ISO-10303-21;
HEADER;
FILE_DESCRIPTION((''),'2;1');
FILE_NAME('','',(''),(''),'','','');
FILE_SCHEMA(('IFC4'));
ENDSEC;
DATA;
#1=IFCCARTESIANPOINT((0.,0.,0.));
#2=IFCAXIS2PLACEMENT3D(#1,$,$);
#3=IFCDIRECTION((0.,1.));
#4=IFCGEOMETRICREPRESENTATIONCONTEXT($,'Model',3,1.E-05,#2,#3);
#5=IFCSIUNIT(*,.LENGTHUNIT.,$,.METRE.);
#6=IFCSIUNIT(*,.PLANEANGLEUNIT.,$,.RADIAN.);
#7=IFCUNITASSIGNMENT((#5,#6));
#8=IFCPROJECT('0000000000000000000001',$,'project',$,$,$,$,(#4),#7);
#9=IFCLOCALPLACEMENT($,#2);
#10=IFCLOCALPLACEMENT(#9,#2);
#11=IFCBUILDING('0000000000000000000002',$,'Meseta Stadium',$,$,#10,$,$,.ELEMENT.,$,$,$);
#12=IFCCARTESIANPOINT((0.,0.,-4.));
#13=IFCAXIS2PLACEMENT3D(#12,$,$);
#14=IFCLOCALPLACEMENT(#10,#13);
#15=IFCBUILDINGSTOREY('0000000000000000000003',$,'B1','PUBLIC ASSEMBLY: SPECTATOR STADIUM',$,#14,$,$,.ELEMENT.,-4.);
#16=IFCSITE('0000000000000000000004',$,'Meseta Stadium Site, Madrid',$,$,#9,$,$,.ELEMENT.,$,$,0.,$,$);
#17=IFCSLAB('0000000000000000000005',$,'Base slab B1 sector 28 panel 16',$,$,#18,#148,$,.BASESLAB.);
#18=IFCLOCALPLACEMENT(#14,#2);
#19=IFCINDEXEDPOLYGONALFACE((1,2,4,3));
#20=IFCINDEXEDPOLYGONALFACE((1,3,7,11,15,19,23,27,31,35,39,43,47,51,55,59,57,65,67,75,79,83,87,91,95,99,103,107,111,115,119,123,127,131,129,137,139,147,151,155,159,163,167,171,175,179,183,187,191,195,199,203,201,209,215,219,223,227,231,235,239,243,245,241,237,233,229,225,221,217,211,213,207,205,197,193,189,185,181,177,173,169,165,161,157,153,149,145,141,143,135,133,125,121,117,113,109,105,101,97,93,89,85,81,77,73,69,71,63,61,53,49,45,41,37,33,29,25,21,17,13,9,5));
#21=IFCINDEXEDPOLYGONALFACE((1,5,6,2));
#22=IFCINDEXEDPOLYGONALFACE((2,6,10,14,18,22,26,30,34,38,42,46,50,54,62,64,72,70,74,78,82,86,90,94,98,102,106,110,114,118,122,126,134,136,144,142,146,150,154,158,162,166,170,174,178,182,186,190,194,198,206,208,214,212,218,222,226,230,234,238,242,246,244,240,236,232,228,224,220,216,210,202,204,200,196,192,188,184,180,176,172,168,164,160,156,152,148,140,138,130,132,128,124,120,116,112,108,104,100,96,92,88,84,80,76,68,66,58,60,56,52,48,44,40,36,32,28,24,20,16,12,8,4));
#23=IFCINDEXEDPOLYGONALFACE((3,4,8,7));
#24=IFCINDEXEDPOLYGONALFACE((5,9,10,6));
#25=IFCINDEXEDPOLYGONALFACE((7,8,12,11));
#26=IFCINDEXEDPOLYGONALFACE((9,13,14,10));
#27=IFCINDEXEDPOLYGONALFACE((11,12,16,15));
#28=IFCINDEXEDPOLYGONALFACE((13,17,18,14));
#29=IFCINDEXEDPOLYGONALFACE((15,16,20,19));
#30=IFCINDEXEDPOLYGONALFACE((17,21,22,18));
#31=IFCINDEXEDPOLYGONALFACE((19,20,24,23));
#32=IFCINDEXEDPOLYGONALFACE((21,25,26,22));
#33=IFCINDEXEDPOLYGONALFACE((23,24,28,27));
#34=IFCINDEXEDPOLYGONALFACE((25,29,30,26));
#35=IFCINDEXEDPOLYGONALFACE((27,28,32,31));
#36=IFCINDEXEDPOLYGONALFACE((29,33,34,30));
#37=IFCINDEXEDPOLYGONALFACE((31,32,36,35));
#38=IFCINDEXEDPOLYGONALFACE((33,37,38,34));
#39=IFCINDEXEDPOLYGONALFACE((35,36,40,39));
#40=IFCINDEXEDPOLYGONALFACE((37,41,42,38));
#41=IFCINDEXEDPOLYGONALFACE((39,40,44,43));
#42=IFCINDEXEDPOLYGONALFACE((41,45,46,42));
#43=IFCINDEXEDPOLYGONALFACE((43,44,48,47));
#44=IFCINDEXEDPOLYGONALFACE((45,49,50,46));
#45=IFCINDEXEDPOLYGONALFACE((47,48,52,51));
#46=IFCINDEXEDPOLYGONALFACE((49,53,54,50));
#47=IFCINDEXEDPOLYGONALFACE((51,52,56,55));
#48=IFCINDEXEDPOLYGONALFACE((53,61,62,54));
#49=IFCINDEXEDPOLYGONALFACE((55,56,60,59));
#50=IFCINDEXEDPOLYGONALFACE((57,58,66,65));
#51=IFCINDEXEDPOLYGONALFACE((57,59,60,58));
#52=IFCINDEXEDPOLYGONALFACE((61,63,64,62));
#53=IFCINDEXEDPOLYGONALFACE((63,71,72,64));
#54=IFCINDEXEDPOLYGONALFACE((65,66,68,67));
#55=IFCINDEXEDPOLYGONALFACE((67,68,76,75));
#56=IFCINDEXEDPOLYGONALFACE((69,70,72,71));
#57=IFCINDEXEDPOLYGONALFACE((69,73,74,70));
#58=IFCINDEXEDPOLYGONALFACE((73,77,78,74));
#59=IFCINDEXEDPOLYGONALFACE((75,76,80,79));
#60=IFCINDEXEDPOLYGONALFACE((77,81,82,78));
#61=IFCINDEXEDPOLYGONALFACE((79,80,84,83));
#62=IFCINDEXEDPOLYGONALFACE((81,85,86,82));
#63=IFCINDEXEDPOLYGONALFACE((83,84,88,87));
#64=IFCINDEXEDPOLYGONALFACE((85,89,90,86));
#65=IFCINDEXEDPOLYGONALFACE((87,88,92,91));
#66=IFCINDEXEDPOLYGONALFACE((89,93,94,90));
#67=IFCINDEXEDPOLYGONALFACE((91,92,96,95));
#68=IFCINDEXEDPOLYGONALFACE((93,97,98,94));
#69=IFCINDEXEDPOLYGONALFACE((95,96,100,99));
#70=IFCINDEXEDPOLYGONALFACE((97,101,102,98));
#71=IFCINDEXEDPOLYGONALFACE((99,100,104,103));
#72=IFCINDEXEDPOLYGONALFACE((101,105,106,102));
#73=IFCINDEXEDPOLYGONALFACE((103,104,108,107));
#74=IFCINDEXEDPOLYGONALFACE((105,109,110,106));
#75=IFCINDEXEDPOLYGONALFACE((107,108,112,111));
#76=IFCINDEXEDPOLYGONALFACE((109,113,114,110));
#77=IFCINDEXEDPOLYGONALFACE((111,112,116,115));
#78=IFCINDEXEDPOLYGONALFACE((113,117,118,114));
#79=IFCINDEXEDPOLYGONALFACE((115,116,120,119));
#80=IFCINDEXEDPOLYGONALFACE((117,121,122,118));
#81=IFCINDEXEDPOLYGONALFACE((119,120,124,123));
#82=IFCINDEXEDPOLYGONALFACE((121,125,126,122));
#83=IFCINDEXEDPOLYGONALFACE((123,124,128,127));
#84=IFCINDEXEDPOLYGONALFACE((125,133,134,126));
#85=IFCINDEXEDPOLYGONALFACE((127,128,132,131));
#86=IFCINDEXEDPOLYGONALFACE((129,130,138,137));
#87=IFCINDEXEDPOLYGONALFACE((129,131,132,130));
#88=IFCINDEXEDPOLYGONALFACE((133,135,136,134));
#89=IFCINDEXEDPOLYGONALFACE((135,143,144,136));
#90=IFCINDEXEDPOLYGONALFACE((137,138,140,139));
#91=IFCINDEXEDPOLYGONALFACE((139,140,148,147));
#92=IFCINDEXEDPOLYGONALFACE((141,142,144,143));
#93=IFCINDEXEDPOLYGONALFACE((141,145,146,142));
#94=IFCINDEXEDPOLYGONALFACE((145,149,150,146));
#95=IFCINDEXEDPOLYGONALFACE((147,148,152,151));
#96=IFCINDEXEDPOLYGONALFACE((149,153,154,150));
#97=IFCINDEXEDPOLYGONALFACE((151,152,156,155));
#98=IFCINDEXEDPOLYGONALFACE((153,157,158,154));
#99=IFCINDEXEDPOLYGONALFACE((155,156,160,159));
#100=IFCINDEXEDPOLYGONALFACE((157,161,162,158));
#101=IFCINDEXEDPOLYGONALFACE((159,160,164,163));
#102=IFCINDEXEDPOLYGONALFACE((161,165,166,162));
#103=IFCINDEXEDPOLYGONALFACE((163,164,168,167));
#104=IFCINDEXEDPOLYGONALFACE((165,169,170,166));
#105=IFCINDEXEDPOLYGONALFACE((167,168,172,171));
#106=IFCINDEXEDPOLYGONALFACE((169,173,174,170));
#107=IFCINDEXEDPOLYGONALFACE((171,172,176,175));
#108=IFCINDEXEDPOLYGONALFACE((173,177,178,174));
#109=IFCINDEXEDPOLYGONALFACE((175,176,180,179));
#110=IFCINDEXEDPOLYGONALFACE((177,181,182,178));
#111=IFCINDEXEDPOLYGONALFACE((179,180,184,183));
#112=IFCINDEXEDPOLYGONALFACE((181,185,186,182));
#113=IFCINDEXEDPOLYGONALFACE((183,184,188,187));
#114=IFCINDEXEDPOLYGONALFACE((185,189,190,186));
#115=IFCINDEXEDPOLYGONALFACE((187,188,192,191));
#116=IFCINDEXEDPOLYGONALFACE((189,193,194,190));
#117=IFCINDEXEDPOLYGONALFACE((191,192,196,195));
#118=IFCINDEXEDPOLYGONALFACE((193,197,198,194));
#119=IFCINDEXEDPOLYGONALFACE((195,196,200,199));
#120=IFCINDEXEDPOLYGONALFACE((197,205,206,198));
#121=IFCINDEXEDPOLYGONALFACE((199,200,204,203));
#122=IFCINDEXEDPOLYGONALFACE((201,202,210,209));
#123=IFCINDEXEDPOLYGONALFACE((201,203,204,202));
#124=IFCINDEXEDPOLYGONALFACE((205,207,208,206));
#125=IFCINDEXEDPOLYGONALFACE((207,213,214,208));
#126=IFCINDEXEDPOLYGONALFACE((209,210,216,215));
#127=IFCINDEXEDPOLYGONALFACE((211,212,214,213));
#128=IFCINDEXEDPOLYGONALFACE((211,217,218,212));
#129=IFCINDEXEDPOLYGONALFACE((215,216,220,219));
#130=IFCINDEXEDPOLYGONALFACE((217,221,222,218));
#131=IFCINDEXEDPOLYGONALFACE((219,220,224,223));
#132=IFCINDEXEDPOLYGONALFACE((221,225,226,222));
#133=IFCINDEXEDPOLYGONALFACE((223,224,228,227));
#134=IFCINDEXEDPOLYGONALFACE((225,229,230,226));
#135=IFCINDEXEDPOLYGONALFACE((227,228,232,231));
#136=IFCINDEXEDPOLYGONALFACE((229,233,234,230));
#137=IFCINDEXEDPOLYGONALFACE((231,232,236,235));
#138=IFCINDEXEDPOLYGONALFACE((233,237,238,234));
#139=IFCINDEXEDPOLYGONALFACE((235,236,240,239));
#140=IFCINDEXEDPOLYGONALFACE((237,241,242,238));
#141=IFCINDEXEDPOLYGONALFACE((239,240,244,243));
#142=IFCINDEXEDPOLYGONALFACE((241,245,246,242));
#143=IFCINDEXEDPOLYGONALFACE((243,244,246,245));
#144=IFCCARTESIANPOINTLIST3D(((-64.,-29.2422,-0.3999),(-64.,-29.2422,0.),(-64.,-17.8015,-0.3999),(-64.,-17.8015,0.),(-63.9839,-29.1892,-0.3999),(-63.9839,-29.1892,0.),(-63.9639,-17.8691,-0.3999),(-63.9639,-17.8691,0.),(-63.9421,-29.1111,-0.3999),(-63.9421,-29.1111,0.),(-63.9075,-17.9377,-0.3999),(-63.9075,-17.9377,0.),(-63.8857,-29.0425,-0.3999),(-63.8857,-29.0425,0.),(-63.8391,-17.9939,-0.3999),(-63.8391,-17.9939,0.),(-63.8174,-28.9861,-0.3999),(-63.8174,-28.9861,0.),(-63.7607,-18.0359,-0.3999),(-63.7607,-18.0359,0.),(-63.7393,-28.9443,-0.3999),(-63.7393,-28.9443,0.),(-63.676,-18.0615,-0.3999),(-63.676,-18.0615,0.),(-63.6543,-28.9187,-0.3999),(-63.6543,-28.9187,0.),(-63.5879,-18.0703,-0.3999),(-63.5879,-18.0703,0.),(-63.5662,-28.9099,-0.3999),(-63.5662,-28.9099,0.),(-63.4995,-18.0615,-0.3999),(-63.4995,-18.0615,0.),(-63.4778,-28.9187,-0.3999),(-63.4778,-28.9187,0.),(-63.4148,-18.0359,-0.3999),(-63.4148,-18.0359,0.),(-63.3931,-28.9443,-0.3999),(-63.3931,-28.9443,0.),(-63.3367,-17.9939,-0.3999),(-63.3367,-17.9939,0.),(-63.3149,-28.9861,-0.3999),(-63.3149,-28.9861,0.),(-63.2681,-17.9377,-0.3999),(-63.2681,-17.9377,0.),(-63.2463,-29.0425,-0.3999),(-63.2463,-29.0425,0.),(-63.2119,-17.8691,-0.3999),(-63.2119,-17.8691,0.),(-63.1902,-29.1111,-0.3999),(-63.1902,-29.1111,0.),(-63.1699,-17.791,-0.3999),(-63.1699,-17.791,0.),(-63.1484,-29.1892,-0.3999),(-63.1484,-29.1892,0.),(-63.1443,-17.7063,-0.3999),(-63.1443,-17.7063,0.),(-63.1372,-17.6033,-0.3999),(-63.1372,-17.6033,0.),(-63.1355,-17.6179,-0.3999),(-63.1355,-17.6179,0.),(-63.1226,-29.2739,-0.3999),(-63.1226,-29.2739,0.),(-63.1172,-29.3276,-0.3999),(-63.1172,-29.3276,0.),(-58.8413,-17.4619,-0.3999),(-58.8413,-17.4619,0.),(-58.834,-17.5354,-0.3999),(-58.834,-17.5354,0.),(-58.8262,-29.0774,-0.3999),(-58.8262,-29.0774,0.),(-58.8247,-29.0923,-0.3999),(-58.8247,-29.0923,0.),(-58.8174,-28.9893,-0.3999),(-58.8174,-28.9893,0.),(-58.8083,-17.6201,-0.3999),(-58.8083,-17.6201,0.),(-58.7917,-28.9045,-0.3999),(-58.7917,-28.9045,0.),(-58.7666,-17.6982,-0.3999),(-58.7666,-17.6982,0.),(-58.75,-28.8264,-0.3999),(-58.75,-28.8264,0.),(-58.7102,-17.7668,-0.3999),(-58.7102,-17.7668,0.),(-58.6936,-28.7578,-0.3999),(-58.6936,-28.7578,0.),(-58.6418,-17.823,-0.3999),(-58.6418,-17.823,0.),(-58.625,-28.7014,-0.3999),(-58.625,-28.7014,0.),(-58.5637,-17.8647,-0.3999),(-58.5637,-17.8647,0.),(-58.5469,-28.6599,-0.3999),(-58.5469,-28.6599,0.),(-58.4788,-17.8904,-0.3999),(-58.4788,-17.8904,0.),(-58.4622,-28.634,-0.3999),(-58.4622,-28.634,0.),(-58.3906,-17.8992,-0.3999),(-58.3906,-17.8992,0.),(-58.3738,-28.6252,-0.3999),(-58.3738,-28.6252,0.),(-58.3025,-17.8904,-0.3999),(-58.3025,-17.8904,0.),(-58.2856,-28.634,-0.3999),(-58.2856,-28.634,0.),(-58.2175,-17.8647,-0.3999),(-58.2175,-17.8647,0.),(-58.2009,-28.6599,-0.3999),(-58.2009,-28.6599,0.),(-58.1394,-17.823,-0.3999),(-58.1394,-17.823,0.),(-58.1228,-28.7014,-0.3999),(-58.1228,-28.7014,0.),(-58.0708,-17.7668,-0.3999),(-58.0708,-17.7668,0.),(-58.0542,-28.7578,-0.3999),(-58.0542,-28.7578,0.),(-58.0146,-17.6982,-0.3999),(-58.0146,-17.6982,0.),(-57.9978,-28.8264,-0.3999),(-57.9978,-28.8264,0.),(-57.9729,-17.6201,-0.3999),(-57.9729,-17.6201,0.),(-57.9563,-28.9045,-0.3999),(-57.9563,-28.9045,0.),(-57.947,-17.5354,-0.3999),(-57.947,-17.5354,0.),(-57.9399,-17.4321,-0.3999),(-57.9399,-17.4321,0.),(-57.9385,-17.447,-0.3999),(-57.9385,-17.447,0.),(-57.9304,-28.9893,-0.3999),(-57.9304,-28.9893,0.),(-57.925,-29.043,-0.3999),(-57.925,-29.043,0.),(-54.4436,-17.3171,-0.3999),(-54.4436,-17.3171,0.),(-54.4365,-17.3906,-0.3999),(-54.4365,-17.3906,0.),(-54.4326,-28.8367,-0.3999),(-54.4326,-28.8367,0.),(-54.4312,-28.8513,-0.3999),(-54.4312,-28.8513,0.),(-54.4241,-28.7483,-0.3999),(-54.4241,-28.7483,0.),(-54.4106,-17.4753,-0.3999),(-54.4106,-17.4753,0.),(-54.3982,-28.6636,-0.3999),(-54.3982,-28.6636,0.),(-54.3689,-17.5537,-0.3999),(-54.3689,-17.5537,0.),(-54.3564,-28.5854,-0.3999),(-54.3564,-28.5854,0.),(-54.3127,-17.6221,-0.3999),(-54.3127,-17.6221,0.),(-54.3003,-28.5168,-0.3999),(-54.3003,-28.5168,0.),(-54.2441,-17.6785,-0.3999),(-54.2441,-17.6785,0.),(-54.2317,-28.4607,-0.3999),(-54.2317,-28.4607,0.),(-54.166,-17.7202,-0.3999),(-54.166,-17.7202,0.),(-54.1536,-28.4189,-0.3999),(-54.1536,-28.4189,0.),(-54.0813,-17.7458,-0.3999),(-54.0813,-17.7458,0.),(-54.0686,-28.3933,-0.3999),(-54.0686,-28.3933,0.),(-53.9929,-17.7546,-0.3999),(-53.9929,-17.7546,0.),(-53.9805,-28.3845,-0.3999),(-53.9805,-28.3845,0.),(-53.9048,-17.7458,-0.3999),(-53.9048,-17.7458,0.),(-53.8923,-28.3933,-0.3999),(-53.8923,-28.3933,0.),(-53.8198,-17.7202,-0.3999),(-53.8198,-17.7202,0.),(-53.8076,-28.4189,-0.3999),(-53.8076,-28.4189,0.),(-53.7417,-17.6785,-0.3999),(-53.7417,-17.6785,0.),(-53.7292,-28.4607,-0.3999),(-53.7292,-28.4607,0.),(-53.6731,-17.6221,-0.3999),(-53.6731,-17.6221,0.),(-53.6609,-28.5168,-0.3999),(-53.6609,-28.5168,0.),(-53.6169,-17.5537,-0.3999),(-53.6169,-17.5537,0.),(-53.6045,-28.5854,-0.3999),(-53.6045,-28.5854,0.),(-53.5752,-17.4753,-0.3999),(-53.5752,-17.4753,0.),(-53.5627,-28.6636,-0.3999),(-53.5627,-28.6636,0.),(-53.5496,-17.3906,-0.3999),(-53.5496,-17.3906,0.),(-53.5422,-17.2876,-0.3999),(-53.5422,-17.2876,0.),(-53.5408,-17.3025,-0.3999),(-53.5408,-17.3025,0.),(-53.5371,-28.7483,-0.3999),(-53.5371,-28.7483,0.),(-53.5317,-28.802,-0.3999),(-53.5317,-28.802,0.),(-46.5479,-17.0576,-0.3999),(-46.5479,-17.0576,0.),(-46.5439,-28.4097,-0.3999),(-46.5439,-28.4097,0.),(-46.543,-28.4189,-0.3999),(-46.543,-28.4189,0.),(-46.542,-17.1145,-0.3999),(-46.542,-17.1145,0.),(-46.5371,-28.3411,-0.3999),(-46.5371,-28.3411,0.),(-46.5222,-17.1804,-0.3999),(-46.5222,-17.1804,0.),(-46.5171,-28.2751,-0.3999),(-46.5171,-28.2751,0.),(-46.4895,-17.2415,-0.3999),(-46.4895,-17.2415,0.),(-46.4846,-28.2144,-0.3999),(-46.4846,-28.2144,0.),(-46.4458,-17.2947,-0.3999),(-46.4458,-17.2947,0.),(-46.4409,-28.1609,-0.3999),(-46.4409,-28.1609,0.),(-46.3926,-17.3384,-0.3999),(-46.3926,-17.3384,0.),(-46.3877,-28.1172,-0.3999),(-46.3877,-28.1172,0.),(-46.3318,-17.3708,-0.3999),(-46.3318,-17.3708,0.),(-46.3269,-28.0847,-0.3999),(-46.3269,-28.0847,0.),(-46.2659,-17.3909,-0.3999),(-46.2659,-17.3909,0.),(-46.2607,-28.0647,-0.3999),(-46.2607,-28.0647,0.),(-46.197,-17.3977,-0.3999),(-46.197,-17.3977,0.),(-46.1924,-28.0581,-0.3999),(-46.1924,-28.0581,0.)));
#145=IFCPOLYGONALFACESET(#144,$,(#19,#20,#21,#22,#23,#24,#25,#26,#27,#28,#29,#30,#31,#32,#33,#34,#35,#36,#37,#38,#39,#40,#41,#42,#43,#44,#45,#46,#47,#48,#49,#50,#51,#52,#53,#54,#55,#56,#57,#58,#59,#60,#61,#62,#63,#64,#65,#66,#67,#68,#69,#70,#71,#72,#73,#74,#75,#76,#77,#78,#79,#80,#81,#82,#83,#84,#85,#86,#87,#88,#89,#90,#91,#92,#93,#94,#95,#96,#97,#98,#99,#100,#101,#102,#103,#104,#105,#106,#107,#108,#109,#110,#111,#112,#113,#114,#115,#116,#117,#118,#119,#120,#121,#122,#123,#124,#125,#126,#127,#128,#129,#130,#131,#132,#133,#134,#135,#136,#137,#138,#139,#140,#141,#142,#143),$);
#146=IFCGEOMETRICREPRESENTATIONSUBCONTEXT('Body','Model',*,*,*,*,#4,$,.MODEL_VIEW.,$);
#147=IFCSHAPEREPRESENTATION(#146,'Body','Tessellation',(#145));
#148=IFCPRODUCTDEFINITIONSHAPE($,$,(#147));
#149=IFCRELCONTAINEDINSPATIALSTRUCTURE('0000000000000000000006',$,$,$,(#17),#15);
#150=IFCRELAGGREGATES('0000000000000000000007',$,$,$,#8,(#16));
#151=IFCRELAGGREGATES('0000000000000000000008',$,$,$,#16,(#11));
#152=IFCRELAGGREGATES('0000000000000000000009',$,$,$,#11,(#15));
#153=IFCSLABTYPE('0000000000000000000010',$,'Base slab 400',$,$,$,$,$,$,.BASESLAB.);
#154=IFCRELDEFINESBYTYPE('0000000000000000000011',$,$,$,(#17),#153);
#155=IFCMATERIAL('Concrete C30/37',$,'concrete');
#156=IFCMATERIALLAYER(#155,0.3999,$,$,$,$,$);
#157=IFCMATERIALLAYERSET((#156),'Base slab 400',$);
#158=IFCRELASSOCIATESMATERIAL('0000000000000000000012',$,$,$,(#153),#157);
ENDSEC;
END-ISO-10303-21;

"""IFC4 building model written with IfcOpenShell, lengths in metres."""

from ifc_helpers import new_model, si_unit, direction, frame, origin, place, context, subcontext, project, spatial, polyline, outline, extrude, material, layer, layer_set, type_object, element, save


model = new_model("IFC4")

# Units and contexts
model_context = context("Model", 3, precision=1e-05, world=origin(), true_north=direction((0.0, 1.0)))
body_context = subcontext(model_context, "Body", "Model", "MODEL_VIEW")
ifc_project = project(units=[si_unit("LENGTHUNIT", "METRE"), si_unit("PLANEANGLEUNIT", "RADIAN")], contexts=[model_context])

# Site, building, storey
site_placement = place(None, origin())
site = spatial("IfcSite", under=ifc_project, at=site_placement, Name="Meseta Stadium Site, Madrid", CompositionType="ELEMENT", RefElevation=0.0)
building_placement = place(site_placement, origin())
building = spatial("IfcBuilding", under=site, at=building_placement, Name="Meseta Stadium", CompositionType="ELEMENT")
storey_placement = place(building_placement, frame((0.0, 0.0, -4.0)))
storey = spatial("IfcBuildingStorey", under=building, at=storey_placement, Name="B1", Description="PUBLIC ASSEMBLY: SPECTATOR STADIUM", CompositionType="ELEMENT", Elevation=-4.0)

# Slab
ifc_material = material(Name="Concrete C30/37", Category="concrete")
ifc_layer = layer(ifc_material, 0.3999)
ifc_layer_set = layer_set([ifc_layer], Name="Base slab 400")
slab_type = type_object("IfcSlabType", Name="Base slab 400", PredefinedType="BASESLAB", material=ifc_layer_set)
slab_1_placement = place(storey_placement, frame((0.0, 0.0, -0.3999)))
element("IfcSlab", 1, at=slab_1_placement, inside=storey, type_object=slab_type, Name="Base slab B1 sector 28 panel 16", PredefinedType="BASESLAB", context=body_context, shape_type="SweptSolid", body=[
    extrude(outline(polyline([(-53.6045, -28.5854), (-53.5627, -28.6636), (-53.5371, -28.7483), (-53.5317, -28.802), (-46.543, -28.4189), (-46.5439, -28.4097), (-46.5371, -28.3411), (-46.5171, -28.2751), (-46.4846, -28.2144), (-46.4409, -28.1609), (-46.3877, -28.1172), (-46.3269, -28.0847), (-46.2607, -28.0647), (-46.1924, -28.0581), (-46.197, -17.3977), (-46.2659, -17.3909), (-46.3318, -17.3708), (-46.3926, -17.3384), (-46.4458, -17.2947), (-46.4895, -17.2415), (-46.5222, -17.1804), (-46.542, -17.1145), (-46.5479, -17.0576), (-53.5422, -17.2876), (-53.5408, -17.3025), (-53.5496, -17.3906), (-53.5752, -17.4753), (-53.6169, -17.5537), (-53.6731, -17.6221), (-53.7417, -17.6785), (-53.8198, -17.7202), (-53.9048, -17.7458), (-53.9929, -17.7546), (-54.0813, -17.7458), (-54.166, -17.7202), (-54.2441, -17.6785), (-54.3127, -17.6221), (-54.3689, -17.5537), (-54.4106, -17.4753), (-54.4365, -17.3906), (-54.4436, -17.3171), (-57.9399, -17.4321), (-57.9385, -17.447), (-57.947, -17.5354), (-57.9729, -17.6201), (-58.0146, -17.6982), (-58.0708, -17.7668), (-58.1394, -17.823), (-58.2175, -17.8647), (-58.3025, -17.8904), (-58.3906, -17.8992), (-58.4788, -17.8904), (-58.5637, -17.8647), (-58.6418, -17.823), (-58.7102, -17.7668), (-58.7666, -17.6982), (-58.8083, -17.6201), (-58.834, -17.5354), (-58.8413, -17.4619), (-63.1372, -17.6033), (-63.1355, -17.6179), (-63.1443, -17.7063), (-63.1699, -17.791), (-63.2119, -17.8691), (-63.2681, -17.9377), (-63.3367, -17.9939), (-63.4148, -18.0359), (-63.4995, -18.0615), (-63.5879, -18.0703), (-63.676, -18.0615), (-63.7607, -18.0359), (-63.8391, -17.9939), (-63.9075, -17.9377), (-63.9639, -17.8691), (-64.0, -17.8015), (-64.0, -29.2422), (-63.9839, -29.1892), (-63.9421, -29.1111), (-63.8857, -29.0425), (-63.8174, -28.9861), (-63.7393, -28.9443), (-63.6543, -28.9187), (-63.5662, -28.9099), (-63.4778, -28.9187), (-63.3931, -28.9443), (-63.3149, -28.9861), (-63.2463, -29.0425), (-63.1902, -29.1111), (-63.1484, -29.1892), (-63.1226, -29.2739), (-63.1172, -29.3276), (-58.8247, -29.0923), (-58.8262, -29.0774), (-58.8174, -28.9893), (-58.7917, -28.9045), (-58.75, -28.8264), (-58.6936, -28.7578), (-58.625, -28.7014), (-58.5469, -28.6599), (-58.4622, -28.634), (-58.3738, -28.6252), (-58.2856, -28.634), (-58.2009, -28.6599), (-58.1228, -28.7014), (-58.0542, -28.7578), (-57.9978, -28.8264), (-57.9563, -28.9045), (-57.9304, -28.9893), (-57.925, -29.043), (-54.4312, -28.8513), (-54.4326, -28.8367), (-54.4241, -28.7483), (-54.3982, -28.6636), (-54.3564, -28.5854), (-54.3003, -28.5168), (-54.2317, -28.4607), (-54.1536, -28.4189), (-54.0686, -28.3933), (-53.9805, -28.3845), (-53.8923, -28.3933), (-53.8076, -28.4189), (-53.7292, -28.4607), (-53.6609, -28.5168), (-53.6045, -28.5854)])), origin(), (0.0, 0.0, 1.0), 0.3999),
])

save(model, "model.ifc")
